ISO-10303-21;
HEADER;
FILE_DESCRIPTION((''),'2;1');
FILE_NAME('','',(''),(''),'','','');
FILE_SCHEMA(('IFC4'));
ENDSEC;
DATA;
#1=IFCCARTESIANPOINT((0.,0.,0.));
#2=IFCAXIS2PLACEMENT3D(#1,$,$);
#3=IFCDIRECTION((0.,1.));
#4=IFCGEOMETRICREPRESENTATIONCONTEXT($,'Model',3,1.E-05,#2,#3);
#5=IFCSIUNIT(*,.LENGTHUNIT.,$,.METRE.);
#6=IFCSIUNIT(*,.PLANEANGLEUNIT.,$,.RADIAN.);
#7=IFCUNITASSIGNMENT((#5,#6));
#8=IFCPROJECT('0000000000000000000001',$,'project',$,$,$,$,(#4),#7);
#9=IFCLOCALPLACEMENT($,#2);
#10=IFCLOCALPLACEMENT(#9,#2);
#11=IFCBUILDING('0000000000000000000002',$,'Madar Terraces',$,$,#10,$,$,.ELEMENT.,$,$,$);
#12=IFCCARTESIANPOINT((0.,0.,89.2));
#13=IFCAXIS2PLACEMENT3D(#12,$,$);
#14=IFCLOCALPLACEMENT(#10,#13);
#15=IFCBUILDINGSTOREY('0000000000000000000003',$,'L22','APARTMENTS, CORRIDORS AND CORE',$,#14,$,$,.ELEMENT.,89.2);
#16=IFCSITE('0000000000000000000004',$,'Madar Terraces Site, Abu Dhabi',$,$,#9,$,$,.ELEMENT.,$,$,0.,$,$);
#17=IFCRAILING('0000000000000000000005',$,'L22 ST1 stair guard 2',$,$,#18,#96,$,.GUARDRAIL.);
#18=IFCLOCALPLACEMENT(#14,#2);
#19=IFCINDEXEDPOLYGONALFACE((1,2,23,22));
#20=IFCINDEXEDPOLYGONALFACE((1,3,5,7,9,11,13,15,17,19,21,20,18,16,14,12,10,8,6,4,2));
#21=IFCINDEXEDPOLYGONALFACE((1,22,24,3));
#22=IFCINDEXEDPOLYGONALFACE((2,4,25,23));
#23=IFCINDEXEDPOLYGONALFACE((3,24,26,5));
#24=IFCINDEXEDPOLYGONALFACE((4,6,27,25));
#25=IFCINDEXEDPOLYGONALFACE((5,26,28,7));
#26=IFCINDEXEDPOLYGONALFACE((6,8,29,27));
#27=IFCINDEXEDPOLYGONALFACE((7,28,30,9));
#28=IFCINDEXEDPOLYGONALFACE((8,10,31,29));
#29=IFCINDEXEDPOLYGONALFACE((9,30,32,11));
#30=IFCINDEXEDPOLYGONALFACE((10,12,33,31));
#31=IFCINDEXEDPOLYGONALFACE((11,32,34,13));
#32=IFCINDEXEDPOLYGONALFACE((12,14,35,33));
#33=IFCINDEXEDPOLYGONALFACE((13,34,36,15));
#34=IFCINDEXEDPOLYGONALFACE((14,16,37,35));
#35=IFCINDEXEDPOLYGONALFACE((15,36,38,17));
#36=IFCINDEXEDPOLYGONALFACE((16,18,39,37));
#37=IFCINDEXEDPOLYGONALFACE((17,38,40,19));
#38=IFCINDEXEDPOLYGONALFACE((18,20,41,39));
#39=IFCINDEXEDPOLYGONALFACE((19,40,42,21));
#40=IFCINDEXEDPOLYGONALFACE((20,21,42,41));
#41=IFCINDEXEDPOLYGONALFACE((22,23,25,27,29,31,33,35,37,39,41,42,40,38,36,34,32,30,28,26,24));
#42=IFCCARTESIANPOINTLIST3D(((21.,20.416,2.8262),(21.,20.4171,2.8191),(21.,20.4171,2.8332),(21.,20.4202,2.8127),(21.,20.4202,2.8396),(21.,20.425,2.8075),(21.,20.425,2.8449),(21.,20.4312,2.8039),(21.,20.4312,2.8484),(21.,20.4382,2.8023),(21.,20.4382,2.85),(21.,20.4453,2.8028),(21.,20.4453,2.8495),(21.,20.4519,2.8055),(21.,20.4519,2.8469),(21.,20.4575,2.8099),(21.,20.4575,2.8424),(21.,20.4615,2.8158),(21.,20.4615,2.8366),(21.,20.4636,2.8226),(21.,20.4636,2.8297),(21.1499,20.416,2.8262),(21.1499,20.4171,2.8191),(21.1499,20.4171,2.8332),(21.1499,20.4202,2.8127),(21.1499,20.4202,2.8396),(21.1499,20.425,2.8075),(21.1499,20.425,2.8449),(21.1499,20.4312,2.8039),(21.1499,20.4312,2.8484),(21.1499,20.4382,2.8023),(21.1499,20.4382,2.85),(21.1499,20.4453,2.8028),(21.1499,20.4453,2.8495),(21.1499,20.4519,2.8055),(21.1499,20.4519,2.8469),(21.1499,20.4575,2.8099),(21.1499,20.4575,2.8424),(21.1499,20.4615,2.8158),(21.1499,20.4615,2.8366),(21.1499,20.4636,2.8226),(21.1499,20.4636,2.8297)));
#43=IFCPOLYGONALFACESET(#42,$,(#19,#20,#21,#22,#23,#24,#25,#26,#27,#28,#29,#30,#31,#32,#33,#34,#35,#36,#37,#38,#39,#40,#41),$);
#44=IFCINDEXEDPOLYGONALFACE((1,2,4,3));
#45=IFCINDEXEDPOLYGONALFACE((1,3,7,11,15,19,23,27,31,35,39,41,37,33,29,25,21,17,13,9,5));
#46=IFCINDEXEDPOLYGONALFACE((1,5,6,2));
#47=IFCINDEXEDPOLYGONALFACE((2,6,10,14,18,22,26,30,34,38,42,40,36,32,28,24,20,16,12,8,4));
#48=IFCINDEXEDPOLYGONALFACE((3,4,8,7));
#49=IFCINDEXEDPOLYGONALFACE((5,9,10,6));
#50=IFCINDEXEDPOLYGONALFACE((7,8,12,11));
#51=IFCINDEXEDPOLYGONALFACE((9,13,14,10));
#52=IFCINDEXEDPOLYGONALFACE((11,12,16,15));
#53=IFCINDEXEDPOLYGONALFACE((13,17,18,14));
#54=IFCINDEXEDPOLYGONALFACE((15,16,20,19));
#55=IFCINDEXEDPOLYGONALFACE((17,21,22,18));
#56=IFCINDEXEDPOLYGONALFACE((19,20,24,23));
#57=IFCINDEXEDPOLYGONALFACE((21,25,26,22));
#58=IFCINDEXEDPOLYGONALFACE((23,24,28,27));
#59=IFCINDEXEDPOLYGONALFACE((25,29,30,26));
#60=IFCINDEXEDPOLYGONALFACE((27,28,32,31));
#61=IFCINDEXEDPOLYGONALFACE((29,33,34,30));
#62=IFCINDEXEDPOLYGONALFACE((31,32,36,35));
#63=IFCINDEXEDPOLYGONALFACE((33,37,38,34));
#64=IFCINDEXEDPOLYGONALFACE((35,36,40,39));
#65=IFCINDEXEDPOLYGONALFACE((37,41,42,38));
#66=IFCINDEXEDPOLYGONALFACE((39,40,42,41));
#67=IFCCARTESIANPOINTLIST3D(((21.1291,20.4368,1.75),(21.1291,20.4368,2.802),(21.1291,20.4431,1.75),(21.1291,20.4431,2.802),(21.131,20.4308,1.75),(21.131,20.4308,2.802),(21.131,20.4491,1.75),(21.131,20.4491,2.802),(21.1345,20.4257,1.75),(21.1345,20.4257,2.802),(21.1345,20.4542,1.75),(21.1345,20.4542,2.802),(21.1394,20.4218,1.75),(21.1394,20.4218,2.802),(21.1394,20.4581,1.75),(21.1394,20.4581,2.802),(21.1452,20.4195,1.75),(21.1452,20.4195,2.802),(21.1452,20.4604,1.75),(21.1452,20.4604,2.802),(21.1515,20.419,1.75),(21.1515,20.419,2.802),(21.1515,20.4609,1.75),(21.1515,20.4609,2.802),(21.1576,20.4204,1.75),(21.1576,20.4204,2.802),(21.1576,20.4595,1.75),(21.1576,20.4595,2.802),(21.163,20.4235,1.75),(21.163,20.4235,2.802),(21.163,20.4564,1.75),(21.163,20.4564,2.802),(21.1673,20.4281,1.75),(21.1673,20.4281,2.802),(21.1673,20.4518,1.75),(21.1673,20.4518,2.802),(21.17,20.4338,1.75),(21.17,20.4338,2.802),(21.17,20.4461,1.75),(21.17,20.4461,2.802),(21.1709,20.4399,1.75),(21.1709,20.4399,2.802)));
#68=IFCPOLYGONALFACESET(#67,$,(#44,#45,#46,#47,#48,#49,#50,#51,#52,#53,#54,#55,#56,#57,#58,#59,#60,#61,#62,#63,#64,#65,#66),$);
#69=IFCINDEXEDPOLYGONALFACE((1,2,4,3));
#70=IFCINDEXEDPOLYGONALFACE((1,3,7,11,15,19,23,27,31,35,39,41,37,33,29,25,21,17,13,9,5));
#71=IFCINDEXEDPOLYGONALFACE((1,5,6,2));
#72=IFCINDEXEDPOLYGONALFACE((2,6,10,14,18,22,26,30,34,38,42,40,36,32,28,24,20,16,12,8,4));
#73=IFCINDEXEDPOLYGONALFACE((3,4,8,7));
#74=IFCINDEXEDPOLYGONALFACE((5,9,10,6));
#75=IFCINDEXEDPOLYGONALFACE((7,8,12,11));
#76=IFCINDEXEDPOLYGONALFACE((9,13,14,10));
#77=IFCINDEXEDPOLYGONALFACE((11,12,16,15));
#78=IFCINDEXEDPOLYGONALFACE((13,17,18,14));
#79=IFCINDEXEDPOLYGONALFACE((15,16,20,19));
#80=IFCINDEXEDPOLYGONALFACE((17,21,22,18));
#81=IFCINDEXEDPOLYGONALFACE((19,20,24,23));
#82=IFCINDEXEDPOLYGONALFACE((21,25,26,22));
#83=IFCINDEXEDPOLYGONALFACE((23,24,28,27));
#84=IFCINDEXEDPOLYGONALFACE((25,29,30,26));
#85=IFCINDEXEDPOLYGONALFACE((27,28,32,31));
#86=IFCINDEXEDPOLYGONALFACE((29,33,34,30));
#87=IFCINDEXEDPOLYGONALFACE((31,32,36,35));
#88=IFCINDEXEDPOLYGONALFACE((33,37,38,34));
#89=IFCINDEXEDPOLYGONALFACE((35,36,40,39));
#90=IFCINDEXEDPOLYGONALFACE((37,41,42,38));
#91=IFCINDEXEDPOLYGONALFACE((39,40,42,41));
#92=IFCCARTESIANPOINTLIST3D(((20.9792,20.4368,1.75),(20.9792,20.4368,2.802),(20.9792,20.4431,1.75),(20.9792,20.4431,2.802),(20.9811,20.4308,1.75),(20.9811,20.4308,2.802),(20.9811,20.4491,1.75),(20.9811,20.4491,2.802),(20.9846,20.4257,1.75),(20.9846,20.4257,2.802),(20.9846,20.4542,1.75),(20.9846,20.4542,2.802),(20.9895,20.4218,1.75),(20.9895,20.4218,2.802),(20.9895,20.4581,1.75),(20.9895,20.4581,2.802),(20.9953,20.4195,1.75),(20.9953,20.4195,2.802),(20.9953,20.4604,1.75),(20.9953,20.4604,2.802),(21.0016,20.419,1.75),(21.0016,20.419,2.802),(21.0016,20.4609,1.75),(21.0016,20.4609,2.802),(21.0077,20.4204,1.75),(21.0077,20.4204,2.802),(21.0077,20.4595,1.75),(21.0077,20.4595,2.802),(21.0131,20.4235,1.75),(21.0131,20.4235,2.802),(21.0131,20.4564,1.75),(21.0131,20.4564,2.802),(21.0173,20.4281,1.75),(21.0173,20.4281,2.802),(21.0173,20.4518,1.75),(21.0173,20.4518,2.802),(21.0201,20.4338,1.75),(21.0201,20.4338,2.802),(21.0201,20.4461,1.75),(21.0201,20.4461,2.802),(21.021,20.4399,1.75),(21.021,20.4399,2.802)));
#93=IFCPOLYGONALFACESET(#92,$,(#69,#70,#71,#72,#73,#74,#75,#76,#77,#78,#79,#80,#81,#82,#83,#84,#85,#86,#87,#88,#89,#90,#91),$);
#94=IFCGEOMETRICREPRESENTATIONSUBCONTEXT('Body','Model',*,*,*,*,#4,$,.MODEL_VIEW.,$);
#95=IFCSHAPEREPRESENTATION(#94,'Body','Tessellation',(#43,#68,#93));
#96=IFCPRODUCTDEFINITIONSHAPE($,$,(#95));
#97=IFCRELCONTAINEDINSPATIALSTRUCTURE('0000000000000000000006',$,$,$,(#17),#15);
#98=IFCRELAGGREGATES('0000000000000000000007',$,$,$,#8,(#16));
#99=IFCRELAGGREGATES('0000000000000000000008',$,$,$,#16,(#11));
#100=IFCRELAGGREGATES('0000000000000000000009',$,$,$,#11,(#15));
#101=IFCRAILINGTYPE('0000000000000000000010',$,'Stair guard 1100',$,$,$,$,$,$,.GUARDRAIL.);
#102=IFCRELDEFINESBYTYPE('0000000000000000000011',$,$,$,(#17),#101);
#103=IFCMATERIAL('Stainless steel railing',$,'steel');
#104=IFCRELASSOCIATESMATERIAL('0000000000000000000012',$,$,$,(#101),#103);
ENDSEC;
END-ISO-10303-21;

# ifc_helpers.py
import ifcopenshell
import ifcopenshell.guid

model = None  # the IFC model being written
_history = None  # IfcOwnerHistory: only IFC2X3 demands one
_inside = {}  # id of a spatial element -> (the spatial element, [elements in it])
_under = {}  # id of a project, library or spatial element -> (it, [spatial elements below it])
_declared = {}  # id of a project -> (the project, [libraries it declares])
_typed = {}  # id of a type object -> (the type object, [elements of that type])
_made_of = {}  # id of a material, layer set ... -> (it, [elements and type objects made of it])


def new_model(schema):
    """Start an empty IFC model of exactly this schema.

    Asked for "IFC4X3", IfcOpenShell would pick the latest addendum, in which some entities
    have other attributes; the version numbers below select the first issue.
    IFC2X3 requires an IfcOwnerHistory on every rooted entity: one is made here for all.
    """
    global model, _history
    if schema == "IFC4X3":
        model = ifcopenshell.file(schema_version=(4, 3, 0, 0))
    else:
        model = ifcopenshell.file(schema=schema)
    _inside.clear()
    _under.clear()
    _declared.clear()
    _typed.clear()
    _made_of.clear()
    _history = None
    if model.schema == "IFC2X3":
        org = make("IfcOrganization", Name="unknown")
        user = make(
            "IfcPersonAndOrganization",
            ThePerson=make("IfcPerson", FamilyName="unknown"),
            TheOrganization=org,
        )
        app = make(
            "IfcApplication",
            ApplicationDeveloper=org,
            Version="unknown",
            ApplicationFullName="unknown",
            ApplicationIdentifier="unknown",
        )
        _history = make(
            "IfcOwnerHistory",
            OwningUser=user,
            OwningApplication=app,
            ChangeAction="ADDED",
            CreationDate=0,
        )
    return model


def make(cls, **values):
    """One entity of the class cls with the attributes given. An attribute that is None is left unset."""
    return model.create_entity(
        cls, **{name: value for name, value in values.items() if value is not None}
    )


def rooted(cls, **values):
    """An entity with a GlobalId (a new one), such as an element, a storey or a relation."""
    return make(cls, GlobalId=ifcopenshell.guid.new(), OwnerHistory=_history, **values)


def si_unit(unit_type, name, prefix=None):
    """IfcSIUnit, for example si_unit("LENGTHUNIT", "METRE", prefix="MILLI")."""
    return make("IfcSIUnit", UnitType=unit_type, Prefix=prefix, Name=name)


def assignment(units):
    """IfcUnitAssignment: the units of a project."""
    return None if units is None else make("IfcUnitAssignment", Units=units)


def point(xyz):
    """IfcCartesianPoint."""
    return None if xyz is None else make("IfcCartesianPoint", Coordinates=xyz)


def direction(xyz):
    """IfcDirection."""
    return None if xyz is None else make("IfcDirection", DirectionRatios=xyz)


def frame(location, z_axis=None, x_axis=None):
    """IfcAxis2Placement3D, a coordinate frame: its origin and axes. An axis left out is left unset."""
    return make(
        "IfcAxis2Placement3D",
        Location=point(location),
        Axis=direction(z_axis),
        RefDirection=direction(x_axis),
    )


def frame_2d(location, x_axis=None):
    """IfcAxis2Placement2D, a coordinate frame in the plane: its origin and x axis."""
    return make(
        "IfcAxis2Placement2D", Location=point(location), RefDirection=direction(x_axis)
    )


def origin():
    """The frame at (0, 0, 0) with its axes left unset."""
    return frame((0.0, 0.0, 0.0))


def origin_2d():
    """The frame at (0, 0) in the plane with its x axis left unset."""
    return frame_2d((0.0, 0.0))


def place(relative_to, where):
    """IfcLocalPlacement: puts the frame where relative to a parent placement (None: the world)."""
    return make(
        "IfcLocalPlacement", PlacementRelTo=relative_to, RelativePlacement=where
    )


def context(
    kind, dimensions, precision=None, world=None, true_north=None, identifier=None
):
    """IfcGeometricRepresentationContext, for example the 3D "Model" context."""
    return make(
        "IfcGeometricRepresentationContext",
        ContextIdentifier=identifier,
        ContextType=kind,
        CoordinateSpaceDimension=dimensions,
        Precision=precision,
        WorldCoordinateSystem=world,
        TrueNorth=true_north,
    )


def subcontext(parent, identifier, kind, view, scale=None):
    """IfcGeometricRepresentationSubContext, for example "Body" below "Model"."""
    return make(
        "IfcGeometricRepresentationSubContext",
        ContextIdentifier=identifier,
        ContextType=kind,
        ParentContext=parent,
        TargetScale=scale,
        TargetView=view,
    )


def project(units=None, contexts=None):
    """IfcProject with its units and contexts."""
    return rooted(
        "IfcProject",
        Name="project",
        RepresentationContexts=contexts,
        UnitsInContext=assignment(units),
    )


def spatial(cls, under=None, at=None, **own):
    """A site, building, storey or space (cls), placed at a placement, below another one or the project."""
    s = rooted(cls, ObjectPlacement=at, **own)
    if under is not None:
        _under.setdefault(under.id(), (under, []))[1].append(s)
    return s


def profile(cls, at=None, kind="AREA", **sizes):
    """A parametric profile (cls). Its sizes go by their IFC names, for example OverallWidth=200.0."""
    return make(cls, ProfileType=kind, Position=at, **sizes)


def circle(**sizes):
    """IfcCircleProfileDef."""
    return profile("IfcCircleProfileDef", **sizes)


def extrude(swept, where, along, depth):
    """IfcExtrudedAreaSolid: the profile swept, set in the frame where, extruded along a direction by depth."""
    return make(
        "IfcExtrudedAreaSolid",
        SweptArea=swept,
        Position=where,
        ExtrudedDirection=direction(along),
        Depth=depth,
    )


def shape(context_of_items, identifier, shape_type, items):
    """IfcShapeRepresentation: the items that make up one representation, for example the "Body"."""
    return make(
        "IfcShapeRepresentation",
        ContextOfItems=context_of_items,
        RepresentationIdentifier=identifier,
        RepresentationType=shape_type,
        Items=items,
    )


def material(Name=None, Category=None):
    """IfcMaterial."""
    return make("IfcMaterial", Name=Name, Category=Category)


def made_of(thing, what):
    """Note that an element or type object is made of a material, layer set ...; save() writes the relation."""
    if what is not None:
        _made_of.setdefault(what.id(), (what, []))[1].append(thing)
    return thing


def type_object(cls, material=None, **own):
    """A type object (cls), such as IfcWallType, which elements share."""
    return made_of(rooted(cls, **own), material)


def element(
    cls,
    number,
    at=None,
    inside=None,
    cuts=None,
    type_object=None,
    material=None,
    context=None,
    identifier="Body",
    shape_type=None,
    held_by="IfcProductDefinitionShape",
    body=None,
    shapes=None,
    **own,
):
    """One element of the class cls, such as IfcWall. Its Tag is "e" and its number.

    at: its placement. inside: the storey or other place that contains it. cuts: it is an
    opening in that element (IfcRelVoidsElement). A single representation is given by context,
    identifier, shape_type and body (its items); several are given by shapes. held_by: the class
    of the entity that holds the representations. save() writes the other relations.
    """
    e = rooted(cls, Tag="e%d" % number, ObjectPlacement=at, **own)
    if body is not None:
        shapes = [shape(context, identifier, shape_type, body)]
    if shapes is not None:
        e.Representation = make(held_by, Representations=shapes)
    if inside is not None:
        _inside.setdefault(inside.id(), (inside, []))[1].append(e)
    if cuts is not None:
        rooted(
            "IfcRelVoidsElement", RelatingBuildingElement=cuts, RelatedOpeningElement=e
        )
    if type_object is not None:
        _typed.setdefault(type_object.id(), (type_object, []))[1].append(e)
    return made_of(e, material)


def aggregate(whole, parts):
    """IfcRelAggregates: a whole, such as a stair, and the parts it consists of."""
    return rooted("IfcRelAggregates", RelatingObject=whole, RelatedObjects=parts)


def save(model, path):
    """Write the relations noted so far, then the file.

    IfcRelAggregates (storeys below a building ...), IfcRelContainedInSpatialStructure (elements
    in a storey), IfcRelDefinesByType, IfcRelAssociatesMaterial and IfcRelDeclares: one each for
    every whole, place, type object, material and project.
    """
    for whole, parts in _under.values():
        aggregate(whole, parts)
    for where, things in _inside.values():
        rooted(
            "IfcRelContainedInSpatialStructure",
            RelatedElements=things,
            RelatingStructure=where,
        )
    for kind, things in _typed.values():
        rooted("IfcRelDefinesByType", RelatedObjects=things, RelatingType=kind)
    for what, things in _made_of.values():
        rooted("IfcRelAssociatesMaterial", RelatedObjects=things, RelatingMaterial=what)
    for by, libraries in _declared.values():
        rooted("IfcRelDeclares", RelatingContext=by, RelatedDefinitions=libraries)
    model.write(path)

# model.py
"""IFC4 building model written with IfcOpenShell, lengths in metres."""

from ifc_helpers import new_model, si_unit, direction, frame, origin, origin_2d, place, context, subcontext, project, spatial, circle, extrude, material, type_object, element, save


model = new_model("IFC4")

# Units and contexts
model_context = context("Model", 3, precision=1e-05, world=origin(), true_north=direction((0.0, 1.0)))
body_context = subcontext(model_context, "Body", "Model", "MODEL_VIEW")
ifc_project = project(units=[si_unit("LENGTHUNIT", "METRE"), si_unit("PLANEANGLEUNIT", "RADIAN")], contexts=[model_context])

# Site, building, storey
site_placement = place(None, origin())
site = spatial("IfcSite", under=ifc_project, at=site_placement, Name="Madar Terraces Site, Abu Dhabi", CompositionType="ELEMENT", RefElevation=0.0)
building_placement = place(site_placement, origin())
building = spatial("IfcBuilding", under=site, at=building_placement, Name="Madar Terraces", CompositionType="ELEMENT")
storey_placement = place(building_placement, frame((0.0, 0.0, 89.2)))
storey = spatial("IfcBuildingStorey", under=building, at=storey_placement, Name="L22", Description="APARTMENTS, CORRIDORS AND CORE", CompositionType="ELEMENT", Elevation=89.2)

# Railing
ifc_material_1 = material(Name="Stainless steel railing", Category="steel")
railing_type_1 = type_object("IfcRailingType", Name="Stair guard 1100", PredefinedType="GUARDRAIL", material=ifc_material_1)
railing_1_placement = place(storey_placement, frame((21.1499, 20.4399, 1.75)))
element("IfcRailing", 1, at=railing_1_placement, inside=storey, type_object=railing_type_1, Name="L22 ST1 stair guard 2", PredefinedType="GUARDRAIL", context=body_context, shape_type="SweptSolid", body=[
    extrude(circle(Radius=0.0239, at=origin_2d()), frame((0.0, 0.0, 1.0762), z_axis=(-1.0, 0.0, 0.0), x_axis=(0.0, -1.0, 0.0)), (0.0, 0.0, 1.0), 0.1499),
    extrude(circle(Radius=0.021, at=origin_2d()), origin(), (0.0, 0.0, 1.0), 1.052),
    extrude(circle(Radius=0.021, at=origin_2d()), frame((-0.1499, 0.0, 0.0)), (0.0, 0.0, 1.0), 1.052),
])

save(model, "model.ifc")
